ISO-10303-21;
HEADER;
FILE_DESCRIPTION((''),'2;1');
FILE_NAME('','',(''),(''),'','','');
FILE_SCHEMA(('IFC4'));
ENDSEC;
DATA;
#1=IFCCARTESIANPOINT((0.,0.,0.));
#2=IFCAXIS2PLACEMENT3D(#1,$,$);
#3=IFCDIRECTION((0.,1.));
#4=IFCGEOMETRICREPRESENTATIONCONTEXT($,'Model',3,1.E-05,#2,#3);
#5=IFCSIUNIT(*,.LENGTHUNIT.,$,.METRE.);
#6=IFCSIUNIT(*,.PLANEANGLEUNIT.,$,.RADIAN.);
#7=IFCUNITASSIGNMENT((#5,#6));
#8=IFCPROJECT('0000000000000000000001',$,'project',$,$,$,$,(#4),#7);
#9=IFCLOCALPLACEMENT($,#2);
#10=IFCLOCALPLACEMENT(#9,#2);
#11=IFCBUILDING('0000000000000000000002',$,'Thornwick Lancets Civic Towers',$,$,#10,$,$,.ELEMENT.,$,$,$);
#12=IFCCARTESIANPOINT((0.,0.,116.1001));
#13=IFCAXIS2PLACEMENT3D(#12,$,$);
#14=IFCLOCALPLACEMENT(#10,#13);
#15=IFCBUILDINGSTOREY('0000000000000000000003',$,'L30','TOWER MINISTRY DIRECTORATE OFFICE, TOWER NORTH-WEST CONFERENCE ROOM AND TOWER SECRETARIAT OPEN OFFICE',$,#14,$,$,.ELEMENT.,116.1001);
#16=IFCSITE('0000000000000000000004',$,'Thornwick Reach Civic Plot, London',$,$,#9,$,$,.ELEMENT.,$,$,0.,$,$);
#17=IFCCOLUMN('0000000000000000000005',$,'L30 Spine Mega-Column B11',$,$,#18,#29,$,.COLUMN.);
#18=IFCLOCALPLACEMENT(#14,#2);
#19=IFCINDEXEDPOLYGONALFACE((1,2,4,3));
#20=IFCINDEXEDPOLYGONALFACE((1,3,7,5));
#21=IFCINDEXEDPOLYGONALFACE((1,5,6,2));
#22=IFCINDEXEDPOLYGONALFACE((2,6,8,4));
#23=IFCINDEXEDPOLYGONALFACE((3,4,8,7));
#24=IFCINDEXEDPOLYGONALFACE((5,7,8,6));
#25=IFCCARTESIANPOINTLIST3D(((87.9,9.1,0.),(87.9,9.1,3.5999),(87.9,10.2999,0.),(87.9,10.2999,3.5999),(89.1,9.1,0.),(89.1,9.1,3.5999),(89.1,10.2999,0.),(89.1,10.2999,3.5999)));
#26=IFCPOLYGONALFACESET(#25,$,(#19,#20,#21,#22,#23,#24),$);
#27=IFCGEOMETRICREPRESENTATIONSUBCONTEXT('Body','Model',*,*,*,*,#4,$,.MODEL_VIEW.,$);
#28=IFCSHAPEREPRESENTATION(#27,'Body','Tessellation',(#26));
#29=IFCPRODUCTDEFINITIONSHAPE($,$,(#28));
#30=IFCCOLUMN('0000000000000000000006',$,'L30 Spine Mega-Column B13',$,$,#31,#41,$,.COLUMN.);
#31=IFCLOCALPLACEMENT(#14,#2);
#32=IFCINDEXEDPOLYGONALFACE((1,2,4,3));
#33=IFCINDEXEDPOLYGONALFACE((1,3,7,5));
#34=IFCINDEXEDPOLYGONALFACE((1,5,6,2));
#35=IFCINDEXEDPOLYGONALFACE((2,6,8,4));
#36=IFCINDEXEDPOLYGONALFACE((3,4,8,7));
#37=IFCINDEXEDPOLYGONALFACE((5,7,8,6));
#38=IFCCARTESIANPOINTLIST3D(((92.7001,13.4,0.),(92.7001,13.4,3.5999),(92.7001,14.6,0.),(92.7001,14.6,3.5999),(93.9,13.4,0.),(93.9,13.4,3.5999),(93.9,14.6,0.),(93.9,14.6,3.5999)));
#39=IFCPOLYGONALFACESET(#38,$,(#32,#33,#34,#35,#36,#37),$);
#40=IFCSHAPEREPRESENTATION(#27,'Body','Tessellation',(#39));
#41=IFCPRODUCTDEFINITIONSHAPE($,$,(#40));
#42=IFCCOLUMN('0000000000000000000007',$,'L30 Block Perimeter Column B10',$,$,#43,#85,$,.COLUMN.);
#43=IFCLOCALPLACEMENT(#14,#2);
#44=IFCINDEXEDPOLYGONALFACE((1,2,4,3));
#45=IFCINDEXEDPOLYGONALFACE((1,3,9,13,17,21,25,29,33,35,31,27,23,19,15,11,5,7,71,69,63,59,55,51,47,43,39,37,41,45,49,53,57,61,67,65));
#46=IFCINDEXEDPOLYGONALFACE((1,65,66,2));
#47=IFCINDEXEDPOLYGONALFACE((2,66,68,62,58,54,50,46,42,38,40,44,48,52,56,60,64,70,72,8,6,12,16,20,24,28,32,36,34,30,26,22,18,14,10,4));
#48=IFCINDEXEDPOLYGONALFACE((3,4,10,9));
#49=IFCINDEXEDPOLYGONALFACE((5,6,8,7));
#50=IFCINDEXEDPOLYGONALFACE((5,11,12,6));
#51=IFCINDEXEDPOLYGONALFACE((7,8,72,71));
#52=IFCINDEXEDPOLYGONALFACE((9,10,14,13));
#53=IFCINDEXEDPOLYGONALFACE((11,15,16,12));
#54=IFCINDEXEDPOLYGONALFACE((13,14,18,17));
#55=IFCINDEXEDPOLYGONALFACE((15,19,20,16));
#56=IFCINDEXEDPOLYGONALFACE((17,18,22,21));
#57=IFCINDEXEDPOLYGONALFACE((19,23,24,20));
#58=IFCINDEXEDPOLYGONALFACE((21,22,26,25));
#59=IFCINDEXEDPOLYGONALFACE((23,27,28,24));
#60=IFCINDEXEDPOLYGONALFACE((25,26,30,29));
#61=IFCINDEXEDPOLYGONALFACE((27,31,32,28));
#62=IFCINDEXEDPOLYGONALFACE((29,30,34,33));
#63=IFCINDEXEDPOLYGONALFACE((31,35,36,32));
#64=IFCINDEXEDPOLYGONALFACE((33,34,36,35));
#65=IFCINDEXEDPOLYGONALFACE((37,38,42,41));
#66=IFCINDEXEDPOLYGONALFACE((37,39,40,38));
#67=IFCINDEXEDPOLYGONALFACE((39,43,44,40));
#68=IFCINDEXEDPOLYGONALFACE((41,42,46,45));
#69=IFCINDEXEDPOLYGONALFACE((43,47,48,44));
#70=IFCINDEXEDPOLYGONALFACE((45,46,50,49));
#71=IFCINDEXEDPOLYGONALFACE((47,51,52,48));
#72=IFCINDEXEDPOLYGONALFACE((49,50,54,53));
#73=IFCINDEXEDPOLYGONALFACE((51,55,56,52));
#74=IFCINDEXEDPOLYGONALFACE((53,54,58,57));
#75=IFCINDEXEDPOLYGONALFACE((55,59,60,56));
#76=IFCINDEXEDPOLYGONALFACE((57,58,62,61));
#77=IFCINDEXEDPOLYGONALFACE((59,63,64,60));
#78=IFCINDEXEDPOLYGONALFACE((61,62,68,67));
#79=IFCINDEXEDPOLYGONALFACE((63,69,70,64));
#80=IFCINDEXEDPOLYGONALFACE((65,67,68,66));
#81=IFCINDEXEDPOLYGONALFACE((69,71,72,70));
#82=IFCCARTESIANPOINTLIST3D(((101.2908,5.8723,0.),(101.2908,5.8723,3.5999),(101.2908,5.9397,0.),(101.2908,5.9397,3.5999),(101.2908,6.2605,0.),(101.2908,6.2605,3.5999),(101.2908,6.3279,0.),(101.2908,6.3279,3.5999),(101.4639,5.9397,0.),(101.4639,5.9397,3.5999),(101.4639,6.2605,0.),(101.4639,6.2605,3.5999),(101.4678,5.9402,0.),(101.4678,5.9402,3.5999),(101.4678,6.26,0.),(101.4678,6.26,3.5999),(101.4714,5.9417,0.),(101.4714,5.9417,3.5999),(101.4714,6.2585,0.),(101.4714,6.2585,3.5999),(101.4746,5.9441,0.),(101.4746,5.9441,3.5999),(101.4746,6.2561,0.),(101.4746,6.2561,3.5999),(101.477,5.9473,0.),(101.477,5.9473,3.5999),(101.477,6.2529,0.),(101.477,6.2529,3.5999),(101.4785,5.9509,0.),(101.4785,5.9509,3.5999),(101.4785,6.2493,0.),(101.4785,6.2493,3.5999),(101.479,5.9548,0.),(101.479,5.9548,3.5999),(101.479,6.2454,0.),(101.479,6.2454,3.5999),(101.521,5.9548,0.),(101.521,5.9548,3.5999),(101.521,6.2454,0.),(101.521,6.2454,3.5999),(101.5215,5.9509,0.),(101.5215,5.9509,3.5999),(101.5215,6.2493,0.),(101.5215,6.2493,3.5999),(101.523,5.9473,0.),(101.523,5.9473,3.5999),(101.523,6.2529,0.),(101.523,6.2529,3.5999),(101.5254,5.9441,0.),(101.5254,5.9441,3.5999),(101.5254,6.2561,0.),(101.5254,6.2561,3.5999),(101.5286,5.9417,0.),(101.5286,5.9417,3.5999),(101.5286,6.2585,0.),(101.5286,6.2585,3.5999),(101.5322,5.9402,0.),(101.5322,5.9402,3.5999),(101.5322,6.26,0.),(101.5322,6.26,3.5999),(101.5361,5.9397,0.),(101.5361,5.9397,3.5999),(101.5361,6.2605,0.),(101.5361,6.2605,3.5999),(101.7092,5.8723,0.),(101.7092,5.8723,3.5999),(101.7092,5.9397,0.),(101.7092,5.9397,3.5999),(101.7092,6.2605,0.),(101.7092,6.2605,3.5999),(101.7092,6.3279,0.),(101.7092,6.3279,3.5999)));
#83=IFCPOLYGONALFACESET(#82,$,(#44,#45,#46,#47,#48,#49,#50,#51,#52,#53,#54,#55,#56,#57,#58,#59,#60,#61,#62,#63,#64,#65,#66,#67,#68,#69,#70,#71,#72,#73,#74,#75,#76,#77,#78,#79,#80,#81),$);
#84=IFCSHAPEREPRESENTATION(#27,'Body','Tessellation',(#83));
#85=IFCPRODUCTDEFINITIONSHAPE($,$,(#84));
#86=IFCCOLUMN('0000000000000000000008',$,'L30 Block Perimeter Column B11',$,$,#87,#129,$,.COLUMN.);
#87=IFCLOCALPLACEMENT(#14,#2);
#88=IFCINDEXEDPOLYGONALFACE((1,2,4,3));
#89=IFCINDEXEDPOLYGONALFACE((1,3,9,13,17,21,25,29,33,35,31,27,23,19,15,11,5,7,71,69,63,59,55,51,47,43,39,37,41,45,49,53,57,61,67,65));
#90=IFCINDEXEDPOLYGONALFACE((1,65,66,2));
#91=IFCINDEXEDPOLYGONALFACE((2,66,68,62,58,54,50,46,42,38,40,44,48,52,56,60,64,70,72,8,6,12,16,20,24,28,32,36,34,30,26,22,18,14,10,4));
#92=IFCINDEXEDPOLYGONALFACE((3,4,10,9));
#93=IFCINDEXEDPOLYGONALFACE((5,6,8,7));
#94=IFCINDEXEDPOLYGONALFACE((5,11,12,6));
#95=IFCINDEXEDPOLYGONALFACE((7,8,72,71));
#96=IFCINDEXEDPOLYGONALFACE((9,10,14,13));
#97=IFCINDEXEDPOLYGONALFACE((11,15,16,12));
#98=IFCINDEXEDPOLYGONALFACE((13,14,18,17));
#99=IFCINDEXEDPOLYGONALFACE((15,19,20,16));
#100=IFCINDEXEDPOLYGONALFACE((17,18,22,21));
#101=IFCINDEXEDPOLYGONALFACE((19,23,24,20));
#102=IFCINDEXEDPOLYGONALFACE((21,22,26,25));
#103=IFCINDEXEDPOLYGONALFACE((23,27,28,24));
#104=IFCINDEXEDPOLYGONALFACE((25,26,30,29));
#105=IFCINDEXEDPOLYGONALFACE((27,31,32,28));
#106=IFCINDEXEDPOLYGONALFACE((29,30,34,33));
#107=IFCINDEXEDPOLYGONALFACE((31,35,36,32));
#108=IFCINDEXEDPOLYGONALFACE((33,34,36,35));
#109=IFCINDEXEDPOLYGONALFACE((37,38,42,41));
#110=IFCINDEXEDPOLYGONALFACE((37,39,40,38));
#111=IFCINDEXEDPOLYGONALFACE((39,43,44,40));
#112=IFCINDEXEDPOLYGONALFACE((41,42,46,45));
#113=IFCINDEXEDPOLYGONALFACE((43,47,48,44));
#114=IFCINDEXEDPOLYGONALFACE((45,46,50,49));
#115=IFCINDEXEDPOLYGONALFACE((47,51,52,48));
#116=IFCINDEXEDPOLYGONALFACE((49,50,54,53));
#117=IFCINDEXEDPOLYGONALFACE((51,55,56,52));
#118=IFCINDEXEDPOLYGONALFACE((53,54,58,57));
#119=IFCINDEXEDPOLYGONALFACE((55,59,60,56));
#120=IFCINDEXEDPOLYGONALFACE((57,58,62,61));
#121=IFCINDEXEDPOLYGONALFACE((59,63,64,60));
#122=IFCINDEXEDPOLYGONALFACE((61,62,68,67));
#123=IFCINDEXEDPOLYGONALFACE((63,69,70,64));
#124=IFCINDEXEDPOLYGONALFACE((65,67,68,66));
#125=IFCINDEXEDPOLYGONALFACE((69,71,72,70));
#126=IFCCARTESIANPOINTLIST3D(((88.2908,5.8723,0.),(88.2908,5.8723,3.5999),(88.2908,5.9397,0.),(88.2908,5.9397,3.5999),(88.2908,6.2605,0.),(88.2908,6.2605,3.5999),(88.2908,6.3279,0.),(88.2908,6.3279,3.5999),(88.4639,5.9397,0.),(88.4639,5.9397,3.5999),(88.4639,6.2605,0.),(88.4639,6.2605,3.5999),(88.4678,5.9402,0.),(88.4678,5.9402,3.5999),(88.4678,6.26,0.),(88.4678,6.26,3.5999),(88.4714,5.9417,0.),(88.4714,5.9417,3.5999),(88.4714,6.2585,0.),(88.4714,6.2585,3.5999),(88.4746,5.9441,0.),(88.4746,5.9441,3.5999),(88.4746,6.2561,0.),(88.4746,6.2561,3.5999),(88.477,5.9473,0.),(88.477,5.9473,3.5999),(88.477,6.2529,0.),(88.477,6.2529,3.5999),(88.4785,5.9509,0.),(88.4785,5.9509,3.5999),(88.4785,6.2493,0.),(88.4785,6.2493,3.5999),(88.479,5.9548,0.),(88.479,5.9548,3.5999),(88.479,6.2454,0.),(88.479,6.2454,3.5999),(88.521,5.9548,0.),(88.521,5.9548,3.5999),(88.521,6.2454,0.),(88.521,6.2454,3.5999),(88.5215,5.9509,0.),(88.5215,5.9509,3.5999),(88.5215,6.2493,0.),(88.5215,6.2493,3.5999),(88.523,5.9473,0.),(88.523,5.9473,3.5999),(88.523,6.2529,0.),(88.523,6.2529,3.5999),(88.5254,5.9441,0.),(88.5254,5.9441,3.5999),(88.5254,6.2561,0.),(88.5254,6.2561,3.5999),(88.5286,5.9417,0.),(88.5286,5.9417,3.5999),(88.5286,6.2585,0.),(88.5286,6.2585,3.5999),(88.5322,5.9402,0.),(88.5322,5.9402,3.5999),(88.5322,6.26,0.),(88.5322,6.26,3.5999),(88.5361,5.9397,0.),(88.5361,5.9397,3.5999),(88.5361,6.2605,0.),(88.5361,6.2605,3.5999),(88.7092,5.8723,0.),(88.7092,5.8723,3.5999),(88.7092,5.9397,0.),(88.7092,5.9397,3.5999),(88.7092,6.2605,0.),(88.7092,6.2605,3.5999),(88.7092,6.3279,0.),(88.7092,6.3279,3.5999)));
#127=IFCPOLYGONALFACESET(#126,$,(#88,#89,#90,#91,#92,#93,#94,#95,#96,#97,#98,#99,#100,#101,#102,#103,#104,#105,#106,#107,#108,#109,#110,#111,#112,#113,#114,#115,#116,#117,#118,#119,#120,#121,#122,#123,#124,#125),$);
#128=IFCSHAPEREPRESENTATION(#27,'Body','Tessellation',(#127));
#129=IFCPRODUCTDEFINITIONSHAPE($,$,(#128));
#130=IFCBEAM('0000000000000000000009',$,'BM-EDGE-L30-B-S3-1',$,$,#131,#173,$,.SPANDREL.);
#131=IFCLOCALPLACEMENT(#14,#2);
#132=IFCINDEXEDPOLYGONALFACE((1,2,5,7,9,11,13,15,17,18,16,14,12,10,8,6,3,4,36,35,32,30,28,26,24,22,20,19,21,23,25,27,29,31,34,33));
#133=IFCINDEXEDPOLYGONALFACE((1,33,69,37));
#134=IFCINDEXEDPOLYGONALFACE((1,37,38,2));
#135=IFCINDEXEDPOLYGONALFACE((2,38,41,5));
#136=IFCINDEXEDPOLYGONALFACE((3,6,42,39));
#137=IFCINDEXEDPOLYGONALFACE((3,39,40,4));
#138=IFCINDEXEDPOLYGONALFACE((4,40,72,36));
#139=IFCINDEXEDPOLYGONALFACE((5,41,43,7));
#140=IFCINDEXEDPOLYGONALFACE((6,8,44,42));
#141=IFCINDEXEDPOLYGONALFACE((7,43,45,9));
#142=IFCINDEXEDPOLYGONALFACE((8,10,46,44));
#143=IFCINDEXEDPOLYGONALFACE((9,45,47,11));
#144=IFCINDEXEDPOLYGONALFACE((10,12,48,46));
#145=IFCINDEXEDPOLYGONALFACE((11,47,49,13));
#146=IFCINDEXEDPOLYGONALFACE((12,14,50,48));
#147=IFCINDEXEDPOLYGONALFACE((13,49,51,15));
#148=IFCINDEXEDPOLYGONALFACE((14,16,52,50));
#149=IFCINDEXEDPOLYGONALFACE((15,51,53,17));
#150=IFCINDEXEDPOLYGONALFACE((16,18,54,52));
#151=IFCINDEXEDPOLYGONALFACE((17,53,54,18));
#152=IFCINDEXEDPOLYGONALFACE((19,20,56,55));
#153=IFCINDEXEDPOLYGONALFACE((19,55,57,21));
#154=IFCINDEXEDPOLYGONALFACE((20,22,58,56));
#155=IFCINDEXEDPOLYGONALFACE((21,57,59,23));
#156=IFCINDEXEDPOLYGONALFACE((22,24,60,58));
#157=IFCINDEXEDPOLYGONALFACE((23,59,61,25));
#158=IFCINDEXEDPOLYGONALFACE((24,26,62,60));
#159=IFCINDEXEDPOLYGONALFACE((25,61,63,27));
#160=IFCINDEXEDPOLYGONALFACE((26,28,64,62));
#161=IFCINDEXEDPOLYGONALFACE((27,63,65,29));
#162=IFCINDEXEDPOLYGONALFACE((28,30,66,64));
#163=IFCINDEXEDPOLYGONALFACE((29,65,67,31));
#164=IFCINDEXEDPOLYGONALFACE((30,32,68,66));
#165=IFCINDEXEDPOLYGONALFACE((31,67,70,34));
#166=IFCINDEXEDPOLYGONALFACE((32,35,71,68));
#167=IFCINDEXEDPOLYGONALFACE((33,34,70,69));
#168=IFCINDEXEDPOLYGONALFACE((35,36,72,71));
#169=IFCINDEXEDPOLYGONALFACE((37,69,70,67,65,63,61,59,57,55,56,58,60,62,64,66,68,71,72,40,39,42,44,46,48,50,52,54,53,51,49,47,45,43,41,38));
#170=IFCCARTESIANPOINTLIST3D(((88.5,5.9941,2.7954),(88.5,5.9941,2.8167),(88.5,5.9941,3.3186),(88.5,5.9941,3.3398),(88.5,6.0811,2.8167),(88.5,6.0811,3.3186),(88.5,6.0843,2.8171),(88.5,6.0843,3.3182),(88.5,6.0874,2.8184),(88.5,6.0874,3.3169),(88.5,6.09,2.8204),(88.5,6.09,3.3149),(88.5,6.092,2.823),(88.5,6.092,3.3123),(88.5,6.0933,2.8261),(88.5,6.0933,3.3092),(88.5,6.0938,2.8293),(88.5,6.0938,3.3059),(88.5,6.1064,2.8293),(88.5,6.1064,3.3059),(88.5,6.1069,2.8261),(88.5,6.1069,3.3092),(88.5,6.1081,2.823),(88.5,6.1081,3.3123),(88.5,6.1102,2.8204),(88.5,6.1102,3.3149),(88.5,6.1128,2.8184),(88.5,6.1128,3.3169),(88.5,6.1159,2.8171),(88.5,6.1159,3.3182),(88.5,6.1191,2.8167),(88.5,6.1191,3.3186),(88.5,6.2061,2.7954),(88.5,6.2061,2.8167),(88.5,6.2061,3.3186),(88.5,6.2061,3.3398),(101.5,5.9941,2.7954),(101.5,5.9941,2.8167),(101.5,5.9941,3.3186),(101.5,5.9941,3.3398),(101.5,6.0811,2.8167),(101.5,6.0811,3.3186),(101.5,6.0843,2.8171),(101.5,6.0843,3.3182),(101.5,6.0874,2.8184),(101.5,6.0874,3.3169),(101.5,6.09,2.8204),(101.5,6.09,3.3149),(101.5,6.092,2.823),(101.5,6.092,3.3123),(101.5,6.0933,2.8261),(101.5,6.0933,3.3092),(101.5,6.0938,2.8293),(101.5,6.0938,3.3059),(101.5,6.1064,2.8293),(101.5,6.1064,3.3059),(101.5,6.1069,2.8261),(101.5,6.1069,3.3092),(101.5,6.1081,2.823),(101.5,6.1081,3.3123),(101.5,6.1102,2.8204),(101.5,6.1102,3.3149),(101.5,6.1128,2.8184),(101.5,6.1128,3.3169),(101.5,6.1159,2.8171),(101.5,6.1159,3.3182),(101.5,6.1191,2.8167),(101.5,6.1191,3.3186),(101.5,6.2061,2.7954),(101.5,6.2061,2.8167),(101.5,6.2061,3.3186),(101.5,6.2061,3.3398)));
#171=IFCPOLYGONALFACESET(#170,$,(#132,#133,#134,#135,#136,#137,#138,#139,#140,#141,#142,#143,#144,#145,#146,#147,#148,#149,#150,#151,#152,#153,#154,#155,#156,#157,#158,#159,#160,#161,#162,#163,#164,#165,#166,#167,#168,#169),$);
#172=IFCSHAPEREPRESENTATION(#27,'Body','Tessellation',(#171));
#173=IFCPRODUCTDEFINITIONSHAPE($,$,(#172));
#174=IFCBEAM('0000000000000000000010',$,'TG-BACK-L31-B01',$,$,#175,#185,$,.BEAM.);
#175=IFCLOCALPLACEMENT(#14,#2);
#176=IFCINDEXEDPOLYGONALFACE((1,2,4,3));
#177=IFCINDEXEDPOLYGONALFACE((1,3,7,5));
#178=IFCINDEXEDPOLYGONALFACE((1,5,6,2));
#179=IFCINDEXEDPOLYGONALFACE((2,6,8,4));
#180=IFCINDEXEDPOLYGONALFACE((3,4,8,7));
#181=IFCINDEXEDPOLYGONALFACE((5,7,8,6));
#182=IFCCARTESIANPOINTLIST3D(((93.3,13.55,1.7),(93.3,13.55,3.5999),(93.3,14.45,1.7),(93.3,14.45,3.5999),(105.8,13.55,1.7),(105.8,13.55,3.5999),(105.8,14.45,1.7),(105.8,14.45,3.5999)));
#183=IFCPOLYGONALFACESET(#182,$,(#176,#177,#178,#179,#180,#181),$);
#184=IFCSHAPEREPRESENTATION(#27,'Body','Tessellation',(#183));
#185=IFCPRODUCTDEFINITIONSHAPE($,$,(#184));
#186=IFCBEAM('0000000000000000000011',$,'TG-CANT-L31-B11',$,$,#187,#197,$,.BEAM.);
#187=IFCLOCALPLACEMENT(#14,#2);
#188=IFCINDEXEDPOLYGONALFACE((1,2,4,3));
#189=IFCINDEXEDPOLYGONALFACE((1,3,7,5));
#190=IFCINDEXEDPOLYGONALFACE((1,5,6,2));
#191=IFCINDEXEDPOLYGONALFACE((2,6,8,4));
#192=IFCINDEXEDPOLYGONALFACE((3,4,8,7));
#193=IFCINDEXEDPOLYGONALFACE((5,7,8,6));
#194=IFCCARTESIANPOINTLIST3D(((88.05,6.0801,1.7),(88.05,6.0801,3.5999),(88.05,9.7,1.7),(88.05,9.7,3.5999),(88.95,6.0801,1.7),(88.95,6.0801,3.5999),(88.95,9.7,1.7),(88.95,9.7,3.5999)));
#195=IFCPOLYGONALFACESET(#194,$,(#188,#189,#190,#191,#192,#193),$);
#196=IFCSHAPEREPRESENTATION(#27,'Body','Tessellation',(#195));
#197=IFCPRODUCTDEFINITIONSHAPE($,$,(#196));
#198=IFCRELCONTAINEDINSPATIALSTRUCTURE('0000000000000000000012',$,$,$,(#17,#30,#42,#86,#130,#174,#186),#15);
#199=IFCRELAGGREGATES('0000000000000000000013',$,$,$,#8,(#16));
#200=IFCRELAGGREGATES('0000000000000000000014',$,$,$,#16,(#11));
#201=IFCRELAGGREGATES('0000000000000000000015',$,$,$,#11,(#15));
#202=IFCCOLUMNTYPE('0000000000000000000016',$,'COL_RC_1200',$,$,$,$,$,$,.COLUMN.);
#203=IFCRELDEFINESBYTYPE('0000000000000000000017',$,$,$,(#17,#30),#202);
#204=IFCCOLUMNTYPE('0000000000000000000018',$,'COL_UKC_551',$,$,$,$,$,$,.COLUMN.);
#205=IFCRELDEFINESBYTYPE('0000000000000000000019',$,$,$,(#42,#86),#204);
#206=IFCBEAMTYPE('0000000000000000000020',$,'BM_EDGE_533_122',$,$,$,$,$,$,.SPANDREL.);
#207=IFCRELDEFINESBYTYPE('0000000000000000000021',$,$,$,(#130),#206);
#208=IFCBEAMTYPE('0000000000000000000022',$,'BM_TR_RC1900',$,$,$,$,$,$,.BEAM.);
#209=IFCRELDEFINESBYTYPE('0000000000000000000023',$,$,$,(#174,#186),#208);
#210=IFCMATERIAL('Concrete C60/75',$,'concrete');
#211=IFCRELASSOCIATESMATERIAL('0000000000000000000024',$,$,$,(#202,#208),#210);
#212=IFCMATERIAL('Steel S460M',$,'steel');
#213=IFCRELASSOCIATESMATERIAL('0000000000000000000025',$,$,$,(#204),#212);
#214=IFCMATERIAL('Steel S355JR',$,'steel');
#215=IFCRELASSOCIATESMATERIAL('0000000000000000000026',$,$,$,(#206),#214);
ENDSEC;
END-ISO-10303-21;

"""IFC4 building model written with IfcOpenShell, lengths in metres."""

from ifc_helpers import new_model, si_unit, direction, frame, origin, origin_2d, place, context, subcontext, project, spatial, rectangle, i_section, extrude, material, material_profile, profile_set, type_object, element, save


model = new_model("IFC4")

# Units and contexts
model_context = context("Model", 3, precision=1e-05, world=origin(), true_north=direction((0.0, 1.0)))
body_context = subcontext(model_context, "Body", "Model", "MODEL_VIEW")
ifc_project = project(units=[si_unit("LENGTHUNIT", "METRE"), si_unit("PLANEANGLEUNIT", "RADIAN")], contexts=[model_context])

# Site, building, storey
site_placement = place(None, origin())
site = spatial("IfcSite", under=ifc_project, at=site_placement, Name="Thornwick Reach Civic Plot, London", CompositionType="ELEMENT", RefElevation=0.0)
building_placement = place(site_placement, origin())
building = spatial("IfcBuilding", under=site, at=building_placement, Name="Thornwick Lancets Civic Towers", CompositionType="ELEMENT")
storey_placement = place(building_placement, frame((0.0, 0.0, 116.1001)))
storey = spatial("IfcBuildingStorey", under=building, at=storey_placement, Name="L30", Description="TOWER MINISTRY DIRECTORATE OFFICE, TOWER NORTH-WEST CONFERENCE ROOM AND TOWER SECRETARIAT OPEN OFFICE", CompositionType="ELEMENT", Elevation=116.1001)

# Columns
ifc_material_1 = material(Name="Concrete C60/75", Category="concrete")
ifc_material_profile_1 = material_profile(ifc_material_1, rectangle(XDim=1.2, YDim=1.2, at=origin_2d()), Name="RC 1200x1200")
ifc_profile_set_1 = profile_set([ifc_material_profile_1], Name="Concrete C60/75")
column_type_1 = type_object("IfcColumnType", Name="COL_RC_1200", PredefinedType="COLUMN", material=ifc_profile_set_1)
for number, where, z_axis, x_axis, name in (
    (1, (88.5, 9.7, 0.0), (0.0, 0.0, 1.0), (1.0, 0.0, 0.0), "L30 Spine Mega-Column B11"),
    (2, (93.3, 14.0, 0.0), (0.0, 0.0, 1.0), (1.0, 0.0, 0.0), "L30 Spine Mega-Column B13"),
):
    element("IfcColumn", number, at=place(storey_placement, frame(where, z_axis=z_axis, x_axis=x_axis)), inside=storey, type_object=column_type_1, Name=name, PredefinedType="COLUMN", context=body_context, shape_type="SweptSolid", body=[
        extrude(rectangle(XDim=1.2, YDim=1.2, at=origin_2d()), origin(), (0.0, 0.0, 1.0), 3.5999),
    ])
ifc_material_2 = material(Name="Steel S460M", Category="steel")
ifc_material_profile_2 = material_profile(ifc_material_2, i_section(OverallWidth=0.4185, OverallDepth=0.4556, WebThickness=0.042, FlangeThickness=0.0674, FilletRadius=0.0151, at=origin_2d()), Name="UKC 356x406x551")
ifc_profile_set_2 = profile_set([ifc_material_profile_2], Name="Steel S460M")
column_type_2 = type_object("IfcColumnType", Name="COL_UKC_551", PredefinedType="COLUMN", material=ifc_profile_set_2)
for number, where, z_axis, x_axis, name in (
    (3, (101.5, 6.1001, 0.0), (0.0, 0.0, 1.0), (1.0, 0.0, 0.0), "L30 Block Perimeter Column B10"),
    (4, (88.5, 6.1001, 0.0), (0.0, 0.0, 1.0), (1.0, 0.0, 0.0), "L30 Block Perimeter Column B11"),
):
    element("IfcColumn", number, at=place(storey_placement, frame(where, z_axis=z_axis, x_axis=x_axis)), inside=storey, type_object=column_type_2, Name=name, PredefinedType="COLUMN", context=body_context, shape_type="SweptSolid", body=[
        extrude(i_section(OverallWidth=0.4185, OverallDepth=0.4556, WebThickness=0.042, FlangeThickness=0.0674, FilletRadius=0.0151, at=origin_2d()), origin(), (0.0, 0.0, 1.0), 3.5999),
    ])

# Beams
ifc_material_3 = material(Name="Steel S355JR", Category="steel")
ifc_material_profile_3 = material_profile(ifc_material_3, i_section(OverallWidth=0.2119, OverallDepth=0.5444, WebThickness=0.0127, FlangeThickness=0.0212, FilletRadius=0.0127, at=origin_2d()), Name="UKB 533x210x122")
ifc_profile_set_3 = profile_set([ifc_material_profile_3], Name="Steel S355JR")
beam_type_1 = type_object("IfcBeamType", Name="BM_EDGE_533_122", PredefinedType="SPANDREL", material=ifc_profile_set_3)
beam_1_placement = place(storey_placement, frame((101.5, 6.1001, 3.0676), z_axis=(-1.0, 0.0, 0.0), x_axis=(0.0, -1.0, 0.0)))
element("IfcBeam", 5, at=beam_1_placement, inside=storey, type_object=beam_type_1, Name="BM-EDGE-L30-B-S3-1", PredefinedType="SPANDREL", context=body_context, shape_type="SweptSolid", body=[
    extrude(i_section(OverallWidth=0.2119, OverallDepth=0.5444, WebThickness=0.0127, FlangeThickness=0.0212, FilletRadius=0.0127, at=origin_2d()), origin(), (0.0, 0.0, 1.0), 13.0),
])
ifc_material_profile_4 = material_profile(ifc_material_1, rectangle(XDim=0.8999, YDim=1.8999, at=origin_2d()), Name="RC 900x1900")
ifc_profile_set_4 = profile_set([ifc_material_profile_4], Name="Concrete C60/75")
beam_type_2 = type_object("IfcBeamType", Name="BM_TR_RC1900", PredefinedType="BEAM", material=ifc_profile_set_4)
beam_2_placement = place(storey_placement, frame((93.3, 14.0, 2.6499), z_axis=(1.0, 0.0, 0.0), x_axis=(0.0, 1.0, 0.0)))
element("IfcBeam", 6, at=beam_2_placement, inside=storey, type_object=beam_type_2, Name="TG-BACK-L31-B01", PredefinedType="BEAM", context=body_context, shape_type="SweptSolid", body=[
    extrude(rectangle(XDim=0.8999, YDim=1.8999, at=origin_2d()), origin(), (0.0, 0.0, 1.0), 12.5),
])
beam_3_placement = place(storey_placement, frame((88.5, 9.7, 2.6499), z_axis=(0.0, -1.0, 0.0), x_axis=(1.0, 0.0, 0.0)))
element("IfcBeam", 7, at=beam_3_placement, inside=storey, type_object=beam_type_2, Name="TG-CANT-L31-B11", PredefinedType="BEAM", context=body_context, shape_type="SweptSolid", body=[
    extrude(rectangle(XDim=0.8999, YDim=1.8999, at=origin_2d()), origin(), (0.0, 0.0, 1.0), 3.6199),
])

save(model, "model.ifc")
